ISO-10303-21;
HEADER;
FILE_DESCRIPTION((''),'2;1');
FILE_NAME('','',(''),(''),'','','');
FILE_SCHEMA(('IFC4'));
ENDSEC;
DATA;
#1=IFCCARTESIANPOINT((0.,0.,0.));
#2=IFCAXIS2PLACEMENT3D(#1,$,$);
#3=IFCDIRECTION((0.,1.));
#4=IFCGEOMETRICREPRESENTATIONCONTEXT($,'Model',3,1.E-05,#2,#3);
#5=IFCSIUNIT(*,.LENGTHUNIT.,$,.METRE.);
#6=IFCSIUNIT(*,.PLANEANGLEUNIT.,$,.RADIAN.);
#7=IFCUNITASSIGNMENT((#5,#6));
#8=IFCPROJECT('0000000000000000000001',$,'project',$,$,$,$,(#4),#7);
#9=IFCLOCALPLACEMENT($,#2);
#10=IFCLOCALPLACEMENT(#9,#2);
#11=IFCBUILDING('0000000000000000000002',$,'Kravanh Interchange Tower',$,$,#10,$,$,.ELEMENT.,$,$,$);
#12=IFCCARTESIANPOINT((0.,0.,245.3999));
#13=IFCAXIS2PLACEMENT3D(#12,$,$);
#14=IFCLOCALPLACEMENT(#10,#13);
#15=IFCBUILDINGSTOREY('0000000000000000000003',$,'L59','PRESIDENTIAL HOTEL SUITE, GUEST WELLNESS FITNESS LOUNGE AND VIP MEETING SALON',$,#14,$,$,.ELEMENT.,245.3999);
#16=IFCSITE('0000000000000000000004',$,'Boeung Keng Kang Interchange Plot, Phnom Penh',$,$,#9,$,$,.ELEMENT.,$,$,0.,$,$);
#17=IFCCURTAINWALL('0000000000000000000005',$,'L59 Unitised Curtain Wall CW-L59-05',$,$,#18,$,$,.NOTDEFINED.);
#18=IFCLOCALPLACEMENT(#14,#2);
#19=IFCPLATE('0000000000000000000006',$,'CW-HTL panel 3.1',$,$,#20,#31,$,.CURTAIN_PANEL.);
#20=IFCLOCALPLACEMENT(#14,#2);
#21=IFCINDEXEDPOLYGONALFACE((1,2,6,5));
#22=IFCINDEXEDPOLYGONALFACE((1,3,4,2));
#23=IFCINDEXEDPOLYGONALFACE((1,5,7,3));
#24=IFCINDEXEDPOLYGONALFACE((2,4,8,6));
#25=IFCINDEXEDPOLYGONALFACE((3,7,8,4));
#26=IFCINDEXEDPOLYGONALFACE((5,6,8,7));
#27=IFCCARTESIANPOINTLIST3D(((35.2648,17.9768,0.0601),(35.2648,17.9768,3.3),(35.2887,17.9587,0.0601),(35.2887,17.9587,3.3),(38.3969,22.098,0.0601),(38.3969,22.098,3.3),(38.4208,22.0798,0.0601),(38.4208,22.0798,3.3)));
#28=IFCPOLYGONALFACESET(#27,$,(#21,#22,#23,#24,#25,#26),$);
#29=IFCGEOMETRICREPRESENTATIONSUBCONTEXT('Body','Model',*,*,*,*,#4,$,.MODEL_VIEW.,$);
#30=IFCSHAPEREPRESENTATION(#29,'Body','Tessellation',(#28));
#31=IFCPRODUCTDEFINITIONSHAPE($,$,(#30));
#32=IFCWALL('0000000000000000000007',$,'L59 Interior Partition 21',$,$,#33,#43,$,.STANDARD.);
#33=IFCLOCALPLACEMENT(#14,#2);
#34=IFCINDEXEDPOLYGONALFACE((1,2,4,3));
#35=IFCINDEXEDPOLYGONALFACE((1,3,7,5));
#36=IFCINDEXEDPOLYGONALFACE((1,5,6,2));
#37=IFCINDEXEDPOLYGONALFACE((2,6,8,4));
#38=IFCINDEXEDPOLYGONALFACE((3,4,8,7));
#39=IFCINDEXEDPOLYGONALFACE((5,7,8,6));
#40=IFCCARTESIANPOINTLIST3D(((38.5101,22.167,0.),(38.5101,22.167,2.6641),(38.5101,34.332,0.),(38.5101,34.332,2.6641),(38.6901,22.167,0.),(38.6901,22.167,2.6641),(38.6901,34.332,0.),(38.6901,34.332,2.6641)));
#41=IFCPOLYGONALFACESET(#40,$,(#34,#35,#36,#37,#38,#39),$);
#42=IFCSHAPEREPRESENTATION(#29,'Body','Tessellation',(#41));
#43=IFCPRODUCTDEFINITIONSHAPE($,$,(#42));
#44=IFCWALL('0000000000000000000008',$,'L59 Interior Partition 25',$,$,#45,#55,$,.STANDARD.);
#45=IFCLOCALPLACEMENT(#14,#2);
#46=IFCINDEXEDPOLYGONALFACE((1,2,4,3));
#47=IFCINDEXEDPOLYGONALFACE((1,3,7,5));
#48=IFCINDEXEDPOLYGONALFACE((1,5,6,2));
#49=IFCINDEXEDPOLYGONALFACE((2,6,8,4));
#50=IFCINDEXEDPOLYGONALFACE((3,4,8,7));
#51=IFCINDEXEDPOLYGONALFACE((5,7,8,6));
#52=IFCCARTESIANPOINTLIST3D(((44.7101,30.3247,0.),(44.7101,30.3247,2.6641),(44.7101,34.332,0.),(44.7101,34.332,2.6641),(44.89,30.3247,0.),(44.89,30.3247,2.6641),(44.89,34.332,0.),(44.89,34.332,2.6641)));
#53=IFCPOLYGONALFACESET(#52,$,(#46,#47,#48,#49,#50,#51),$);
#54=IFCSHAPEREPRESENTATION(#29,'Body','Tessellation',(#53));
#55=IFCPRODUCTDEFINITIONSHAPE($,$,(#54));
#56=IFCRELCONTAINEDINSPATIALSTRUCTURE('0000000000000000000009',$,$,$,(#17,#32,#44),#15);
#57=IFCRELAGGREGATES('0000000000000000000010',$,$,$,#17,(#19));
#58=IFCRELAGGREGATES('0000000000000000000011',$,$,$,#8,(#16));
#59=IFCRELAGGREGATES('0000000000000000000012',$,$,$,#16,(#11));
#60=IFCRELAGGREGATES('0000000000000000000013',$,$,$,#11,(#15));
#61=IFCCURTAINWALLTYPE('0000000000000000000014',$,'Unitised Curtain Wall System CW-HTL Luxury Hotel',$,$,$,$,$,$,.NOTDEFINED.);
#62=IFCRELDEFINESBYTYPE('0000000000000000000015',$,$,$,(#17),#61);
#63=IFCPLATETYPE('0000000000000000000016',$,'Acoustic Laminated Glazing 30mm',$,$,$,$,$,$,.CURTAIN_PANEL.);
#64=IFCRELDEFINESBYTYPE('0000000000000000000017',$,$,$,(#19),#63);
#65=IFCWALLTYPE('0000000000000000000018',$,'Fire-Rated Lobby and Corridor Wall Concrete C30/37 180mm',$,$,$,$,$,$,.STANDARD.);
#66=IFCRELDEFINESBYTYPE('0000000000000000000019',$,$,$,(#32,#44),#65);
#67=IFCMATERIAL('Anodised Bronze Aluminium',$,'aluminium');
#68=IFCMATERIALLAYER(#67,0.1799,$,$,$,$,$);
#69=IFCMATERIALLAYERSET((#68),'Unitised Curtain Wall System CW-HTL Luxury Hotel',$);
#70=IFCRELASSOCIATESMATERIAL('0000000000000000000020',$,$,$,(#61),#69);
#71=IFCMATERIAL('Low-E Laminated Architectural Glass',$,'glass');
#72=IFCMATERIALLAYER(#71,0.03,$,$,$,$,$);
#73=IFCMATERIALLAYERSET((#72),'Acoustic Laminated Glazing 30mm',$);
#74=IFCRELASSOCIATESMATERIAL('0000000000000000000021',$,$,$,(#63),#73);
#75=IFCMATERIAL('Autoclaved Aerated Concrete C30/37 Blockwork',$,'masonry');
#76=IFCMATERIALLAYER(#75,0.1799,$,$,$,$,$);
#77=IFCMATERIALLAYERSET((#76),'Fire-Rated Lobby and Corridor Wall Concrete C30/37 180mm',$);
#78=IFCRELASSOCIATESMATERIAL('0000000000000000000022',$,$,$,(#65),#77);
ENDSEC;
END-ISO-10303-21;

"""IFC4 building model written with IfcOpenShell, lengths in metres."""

from ifc_helpers import new_model, si_unit, direction, frame, frame_2d, origin, origin_2d, place, context, subcontext, project, spatial, rectangle, extrude, material, layer, layer_set, type_object, element, aggregate, save


model = new_model("IFC4")

# Units and contexts
model_context = context("Model", 3, precision=1e-05, world=origin(), true_north=direction((0.0, 1.0)))
body_context = subcontext(model_context, "Body", "Model", "MODEL_VIEW")
ifc_project = project(units=[si_unit("LENGTHUNIT", "METRE"), si_unit("PLANEANGLEUNIT", "RADIAN")], contexts=[model_context])

# Site, building, storey
site_placement = place(None, origin())
site = spatial("IfcSite", under=ifc_project, at=site_placement, Name="Boeung Keng Kang Interchange Plot, Phnom Penh", CompositionType="ELEMENT", RefElevation=0.0)
building_placement = place(site_placement, origin())
building = spatial("IfcBuilding", under=site, at=building_placement, Name="Kravanh Interchange Tower", CompositionType="ELEMENT")
storey_placement = place(building_placement, frame((0.0, 0.0, 245.3999)))
storey = spatial("IfcBuildingStorey", under=building, at=storey_placement, Name="L59", Description="PRESIDENTIAL HOTEL SUITE, GUEST WELLNESS FITNESS LOUNGE AND VIP MEETING SALON", CompositionType="ELEMENT", Elevation=245.3999)

# Curtain wall
ifc_material_1 = material(Name="Anodised Bronze Aluminium", Category="aluminium")
ifc_layer_1 = layer(ifc_material_1, 0.1799)
ifc_layer_set_1 = layer_set([ifc_layer_1], Name="Unitised Curtain Wall System CW-HTL Luxury Hotel")
curtain_wall_type = type_object("IfcCurtainWallType", Name="Unitised Curtain Wall System CW-HTL Luxury Hotel", PredefinedType="NOTDEFINED", material=ifc_layer_set_1)
curtain_wall_1_placement = place(storey_placement, origin())
curtain_wall_1 = element("IfcCurtainWall", 1, at=curtain_wall_1_placement, inside=storey, type_object=curtain_wall_type, Name="L59 Unitised Curtain Wall CW-L59-05", PredefinedType="NOTDEFINED")

# Plate
ifc_material_2 = material(Name="Low-E Laminated Architectural Glass", Category="glass")
ifc_layer_2 = layer(ifc_material_2, 0.03)
ifc_layer_set_2 = layer_set([ifc_layer_2], Name="Acoustic Laminated Glazing 30mm")
plate_type = type_object("IfcPlateType", Name="Acoustic Laminated Glazing 30mm", PredefinedType="CURTAIN_PANEL", material=ifc_layer_set_2)
plate_1_placement = place(storey_placement, frame((36.8428, 20.0283, 0.0601), z_axis=(0.0, 0.0, 1.0), x_axis=(-0.605083, -0.796162, 0.0)))
plate_1 = element("IfcPlate", 2, at=plate_1_placement, type_object=plate_type, Name="CW-HTL panel 3.1", PredefinedType="CURTAIN_PANEL", context=body_context, shape_type="SweptSolid", body=[
    extrude(rectangle(XDim=5.1763, YDim=0.03, at=origin_2d()), origin(), (0.0, 0.0, 1.0), 3.24),
])
aggregate(curtain_wall_1, [plate_1])

# Walls
ifc_material_3 = material(Name="Autoclaved Aerated Concrete C30/37 Blockwork", Category="masonry")
ifc_layer_3 = layer(ifc_material_3, 0.1799)
ifc_layer_set_3 = layer_set([ifc_layer_3], Name="Fire-Rated Lobby and Corridor Wall Concrete C30/37 180mm")
wall_type_1 = type_object("IfcWallType", Name="Fire-Rated Lobby and Corridor Wall Concrete C30/37 180mm", PredefinedType="STANDARD", material=ifc_layer_set_3)
wall_1_placement = place(storey_placement, frame((38.6001, 22.167, 0.0), z_axis=(0.0, 0.0, 1.0), x_axis=(0.0, 1.0, 0.0)))
element("IfcWall", 3, at=wall_1_placement, inside=storey, type_object=wall_type_1, Name="L59 Interior Partition 21", PredefinedType="STANDARD", context=body_context, shape_type="SweptSolid", body=[
    extrude(rectangle(XDim=12.165, YDim=0.1799, at=frame_2d((6.0825, 0.0))), origin(), (0.0, 0.0, 1.0), 2.6641),
])
wall_2_placement = place(storey_placement, frame((44.8, 30.3247, 0.0), z_axis=(0.0, 0.0, 1.0), x_axis=(0.0, 1.0, 0.0)))
element("IfcWall", 4, at=wall_2_placement, inside=storey, type_object=wall_type_1, Name="L59 Interior Partition 25", PredefinedType="STANDARD", context=body_context, shape_type="SweptSolid", body=[
    extrude(rectangle(XDim=4.0073, YDim=0.1799, at=frame_2d((2.0037, 0.0))), origin(), (0.0, 0.0, 1.0), 2.6641),
])

save(model, "model.ifc")
